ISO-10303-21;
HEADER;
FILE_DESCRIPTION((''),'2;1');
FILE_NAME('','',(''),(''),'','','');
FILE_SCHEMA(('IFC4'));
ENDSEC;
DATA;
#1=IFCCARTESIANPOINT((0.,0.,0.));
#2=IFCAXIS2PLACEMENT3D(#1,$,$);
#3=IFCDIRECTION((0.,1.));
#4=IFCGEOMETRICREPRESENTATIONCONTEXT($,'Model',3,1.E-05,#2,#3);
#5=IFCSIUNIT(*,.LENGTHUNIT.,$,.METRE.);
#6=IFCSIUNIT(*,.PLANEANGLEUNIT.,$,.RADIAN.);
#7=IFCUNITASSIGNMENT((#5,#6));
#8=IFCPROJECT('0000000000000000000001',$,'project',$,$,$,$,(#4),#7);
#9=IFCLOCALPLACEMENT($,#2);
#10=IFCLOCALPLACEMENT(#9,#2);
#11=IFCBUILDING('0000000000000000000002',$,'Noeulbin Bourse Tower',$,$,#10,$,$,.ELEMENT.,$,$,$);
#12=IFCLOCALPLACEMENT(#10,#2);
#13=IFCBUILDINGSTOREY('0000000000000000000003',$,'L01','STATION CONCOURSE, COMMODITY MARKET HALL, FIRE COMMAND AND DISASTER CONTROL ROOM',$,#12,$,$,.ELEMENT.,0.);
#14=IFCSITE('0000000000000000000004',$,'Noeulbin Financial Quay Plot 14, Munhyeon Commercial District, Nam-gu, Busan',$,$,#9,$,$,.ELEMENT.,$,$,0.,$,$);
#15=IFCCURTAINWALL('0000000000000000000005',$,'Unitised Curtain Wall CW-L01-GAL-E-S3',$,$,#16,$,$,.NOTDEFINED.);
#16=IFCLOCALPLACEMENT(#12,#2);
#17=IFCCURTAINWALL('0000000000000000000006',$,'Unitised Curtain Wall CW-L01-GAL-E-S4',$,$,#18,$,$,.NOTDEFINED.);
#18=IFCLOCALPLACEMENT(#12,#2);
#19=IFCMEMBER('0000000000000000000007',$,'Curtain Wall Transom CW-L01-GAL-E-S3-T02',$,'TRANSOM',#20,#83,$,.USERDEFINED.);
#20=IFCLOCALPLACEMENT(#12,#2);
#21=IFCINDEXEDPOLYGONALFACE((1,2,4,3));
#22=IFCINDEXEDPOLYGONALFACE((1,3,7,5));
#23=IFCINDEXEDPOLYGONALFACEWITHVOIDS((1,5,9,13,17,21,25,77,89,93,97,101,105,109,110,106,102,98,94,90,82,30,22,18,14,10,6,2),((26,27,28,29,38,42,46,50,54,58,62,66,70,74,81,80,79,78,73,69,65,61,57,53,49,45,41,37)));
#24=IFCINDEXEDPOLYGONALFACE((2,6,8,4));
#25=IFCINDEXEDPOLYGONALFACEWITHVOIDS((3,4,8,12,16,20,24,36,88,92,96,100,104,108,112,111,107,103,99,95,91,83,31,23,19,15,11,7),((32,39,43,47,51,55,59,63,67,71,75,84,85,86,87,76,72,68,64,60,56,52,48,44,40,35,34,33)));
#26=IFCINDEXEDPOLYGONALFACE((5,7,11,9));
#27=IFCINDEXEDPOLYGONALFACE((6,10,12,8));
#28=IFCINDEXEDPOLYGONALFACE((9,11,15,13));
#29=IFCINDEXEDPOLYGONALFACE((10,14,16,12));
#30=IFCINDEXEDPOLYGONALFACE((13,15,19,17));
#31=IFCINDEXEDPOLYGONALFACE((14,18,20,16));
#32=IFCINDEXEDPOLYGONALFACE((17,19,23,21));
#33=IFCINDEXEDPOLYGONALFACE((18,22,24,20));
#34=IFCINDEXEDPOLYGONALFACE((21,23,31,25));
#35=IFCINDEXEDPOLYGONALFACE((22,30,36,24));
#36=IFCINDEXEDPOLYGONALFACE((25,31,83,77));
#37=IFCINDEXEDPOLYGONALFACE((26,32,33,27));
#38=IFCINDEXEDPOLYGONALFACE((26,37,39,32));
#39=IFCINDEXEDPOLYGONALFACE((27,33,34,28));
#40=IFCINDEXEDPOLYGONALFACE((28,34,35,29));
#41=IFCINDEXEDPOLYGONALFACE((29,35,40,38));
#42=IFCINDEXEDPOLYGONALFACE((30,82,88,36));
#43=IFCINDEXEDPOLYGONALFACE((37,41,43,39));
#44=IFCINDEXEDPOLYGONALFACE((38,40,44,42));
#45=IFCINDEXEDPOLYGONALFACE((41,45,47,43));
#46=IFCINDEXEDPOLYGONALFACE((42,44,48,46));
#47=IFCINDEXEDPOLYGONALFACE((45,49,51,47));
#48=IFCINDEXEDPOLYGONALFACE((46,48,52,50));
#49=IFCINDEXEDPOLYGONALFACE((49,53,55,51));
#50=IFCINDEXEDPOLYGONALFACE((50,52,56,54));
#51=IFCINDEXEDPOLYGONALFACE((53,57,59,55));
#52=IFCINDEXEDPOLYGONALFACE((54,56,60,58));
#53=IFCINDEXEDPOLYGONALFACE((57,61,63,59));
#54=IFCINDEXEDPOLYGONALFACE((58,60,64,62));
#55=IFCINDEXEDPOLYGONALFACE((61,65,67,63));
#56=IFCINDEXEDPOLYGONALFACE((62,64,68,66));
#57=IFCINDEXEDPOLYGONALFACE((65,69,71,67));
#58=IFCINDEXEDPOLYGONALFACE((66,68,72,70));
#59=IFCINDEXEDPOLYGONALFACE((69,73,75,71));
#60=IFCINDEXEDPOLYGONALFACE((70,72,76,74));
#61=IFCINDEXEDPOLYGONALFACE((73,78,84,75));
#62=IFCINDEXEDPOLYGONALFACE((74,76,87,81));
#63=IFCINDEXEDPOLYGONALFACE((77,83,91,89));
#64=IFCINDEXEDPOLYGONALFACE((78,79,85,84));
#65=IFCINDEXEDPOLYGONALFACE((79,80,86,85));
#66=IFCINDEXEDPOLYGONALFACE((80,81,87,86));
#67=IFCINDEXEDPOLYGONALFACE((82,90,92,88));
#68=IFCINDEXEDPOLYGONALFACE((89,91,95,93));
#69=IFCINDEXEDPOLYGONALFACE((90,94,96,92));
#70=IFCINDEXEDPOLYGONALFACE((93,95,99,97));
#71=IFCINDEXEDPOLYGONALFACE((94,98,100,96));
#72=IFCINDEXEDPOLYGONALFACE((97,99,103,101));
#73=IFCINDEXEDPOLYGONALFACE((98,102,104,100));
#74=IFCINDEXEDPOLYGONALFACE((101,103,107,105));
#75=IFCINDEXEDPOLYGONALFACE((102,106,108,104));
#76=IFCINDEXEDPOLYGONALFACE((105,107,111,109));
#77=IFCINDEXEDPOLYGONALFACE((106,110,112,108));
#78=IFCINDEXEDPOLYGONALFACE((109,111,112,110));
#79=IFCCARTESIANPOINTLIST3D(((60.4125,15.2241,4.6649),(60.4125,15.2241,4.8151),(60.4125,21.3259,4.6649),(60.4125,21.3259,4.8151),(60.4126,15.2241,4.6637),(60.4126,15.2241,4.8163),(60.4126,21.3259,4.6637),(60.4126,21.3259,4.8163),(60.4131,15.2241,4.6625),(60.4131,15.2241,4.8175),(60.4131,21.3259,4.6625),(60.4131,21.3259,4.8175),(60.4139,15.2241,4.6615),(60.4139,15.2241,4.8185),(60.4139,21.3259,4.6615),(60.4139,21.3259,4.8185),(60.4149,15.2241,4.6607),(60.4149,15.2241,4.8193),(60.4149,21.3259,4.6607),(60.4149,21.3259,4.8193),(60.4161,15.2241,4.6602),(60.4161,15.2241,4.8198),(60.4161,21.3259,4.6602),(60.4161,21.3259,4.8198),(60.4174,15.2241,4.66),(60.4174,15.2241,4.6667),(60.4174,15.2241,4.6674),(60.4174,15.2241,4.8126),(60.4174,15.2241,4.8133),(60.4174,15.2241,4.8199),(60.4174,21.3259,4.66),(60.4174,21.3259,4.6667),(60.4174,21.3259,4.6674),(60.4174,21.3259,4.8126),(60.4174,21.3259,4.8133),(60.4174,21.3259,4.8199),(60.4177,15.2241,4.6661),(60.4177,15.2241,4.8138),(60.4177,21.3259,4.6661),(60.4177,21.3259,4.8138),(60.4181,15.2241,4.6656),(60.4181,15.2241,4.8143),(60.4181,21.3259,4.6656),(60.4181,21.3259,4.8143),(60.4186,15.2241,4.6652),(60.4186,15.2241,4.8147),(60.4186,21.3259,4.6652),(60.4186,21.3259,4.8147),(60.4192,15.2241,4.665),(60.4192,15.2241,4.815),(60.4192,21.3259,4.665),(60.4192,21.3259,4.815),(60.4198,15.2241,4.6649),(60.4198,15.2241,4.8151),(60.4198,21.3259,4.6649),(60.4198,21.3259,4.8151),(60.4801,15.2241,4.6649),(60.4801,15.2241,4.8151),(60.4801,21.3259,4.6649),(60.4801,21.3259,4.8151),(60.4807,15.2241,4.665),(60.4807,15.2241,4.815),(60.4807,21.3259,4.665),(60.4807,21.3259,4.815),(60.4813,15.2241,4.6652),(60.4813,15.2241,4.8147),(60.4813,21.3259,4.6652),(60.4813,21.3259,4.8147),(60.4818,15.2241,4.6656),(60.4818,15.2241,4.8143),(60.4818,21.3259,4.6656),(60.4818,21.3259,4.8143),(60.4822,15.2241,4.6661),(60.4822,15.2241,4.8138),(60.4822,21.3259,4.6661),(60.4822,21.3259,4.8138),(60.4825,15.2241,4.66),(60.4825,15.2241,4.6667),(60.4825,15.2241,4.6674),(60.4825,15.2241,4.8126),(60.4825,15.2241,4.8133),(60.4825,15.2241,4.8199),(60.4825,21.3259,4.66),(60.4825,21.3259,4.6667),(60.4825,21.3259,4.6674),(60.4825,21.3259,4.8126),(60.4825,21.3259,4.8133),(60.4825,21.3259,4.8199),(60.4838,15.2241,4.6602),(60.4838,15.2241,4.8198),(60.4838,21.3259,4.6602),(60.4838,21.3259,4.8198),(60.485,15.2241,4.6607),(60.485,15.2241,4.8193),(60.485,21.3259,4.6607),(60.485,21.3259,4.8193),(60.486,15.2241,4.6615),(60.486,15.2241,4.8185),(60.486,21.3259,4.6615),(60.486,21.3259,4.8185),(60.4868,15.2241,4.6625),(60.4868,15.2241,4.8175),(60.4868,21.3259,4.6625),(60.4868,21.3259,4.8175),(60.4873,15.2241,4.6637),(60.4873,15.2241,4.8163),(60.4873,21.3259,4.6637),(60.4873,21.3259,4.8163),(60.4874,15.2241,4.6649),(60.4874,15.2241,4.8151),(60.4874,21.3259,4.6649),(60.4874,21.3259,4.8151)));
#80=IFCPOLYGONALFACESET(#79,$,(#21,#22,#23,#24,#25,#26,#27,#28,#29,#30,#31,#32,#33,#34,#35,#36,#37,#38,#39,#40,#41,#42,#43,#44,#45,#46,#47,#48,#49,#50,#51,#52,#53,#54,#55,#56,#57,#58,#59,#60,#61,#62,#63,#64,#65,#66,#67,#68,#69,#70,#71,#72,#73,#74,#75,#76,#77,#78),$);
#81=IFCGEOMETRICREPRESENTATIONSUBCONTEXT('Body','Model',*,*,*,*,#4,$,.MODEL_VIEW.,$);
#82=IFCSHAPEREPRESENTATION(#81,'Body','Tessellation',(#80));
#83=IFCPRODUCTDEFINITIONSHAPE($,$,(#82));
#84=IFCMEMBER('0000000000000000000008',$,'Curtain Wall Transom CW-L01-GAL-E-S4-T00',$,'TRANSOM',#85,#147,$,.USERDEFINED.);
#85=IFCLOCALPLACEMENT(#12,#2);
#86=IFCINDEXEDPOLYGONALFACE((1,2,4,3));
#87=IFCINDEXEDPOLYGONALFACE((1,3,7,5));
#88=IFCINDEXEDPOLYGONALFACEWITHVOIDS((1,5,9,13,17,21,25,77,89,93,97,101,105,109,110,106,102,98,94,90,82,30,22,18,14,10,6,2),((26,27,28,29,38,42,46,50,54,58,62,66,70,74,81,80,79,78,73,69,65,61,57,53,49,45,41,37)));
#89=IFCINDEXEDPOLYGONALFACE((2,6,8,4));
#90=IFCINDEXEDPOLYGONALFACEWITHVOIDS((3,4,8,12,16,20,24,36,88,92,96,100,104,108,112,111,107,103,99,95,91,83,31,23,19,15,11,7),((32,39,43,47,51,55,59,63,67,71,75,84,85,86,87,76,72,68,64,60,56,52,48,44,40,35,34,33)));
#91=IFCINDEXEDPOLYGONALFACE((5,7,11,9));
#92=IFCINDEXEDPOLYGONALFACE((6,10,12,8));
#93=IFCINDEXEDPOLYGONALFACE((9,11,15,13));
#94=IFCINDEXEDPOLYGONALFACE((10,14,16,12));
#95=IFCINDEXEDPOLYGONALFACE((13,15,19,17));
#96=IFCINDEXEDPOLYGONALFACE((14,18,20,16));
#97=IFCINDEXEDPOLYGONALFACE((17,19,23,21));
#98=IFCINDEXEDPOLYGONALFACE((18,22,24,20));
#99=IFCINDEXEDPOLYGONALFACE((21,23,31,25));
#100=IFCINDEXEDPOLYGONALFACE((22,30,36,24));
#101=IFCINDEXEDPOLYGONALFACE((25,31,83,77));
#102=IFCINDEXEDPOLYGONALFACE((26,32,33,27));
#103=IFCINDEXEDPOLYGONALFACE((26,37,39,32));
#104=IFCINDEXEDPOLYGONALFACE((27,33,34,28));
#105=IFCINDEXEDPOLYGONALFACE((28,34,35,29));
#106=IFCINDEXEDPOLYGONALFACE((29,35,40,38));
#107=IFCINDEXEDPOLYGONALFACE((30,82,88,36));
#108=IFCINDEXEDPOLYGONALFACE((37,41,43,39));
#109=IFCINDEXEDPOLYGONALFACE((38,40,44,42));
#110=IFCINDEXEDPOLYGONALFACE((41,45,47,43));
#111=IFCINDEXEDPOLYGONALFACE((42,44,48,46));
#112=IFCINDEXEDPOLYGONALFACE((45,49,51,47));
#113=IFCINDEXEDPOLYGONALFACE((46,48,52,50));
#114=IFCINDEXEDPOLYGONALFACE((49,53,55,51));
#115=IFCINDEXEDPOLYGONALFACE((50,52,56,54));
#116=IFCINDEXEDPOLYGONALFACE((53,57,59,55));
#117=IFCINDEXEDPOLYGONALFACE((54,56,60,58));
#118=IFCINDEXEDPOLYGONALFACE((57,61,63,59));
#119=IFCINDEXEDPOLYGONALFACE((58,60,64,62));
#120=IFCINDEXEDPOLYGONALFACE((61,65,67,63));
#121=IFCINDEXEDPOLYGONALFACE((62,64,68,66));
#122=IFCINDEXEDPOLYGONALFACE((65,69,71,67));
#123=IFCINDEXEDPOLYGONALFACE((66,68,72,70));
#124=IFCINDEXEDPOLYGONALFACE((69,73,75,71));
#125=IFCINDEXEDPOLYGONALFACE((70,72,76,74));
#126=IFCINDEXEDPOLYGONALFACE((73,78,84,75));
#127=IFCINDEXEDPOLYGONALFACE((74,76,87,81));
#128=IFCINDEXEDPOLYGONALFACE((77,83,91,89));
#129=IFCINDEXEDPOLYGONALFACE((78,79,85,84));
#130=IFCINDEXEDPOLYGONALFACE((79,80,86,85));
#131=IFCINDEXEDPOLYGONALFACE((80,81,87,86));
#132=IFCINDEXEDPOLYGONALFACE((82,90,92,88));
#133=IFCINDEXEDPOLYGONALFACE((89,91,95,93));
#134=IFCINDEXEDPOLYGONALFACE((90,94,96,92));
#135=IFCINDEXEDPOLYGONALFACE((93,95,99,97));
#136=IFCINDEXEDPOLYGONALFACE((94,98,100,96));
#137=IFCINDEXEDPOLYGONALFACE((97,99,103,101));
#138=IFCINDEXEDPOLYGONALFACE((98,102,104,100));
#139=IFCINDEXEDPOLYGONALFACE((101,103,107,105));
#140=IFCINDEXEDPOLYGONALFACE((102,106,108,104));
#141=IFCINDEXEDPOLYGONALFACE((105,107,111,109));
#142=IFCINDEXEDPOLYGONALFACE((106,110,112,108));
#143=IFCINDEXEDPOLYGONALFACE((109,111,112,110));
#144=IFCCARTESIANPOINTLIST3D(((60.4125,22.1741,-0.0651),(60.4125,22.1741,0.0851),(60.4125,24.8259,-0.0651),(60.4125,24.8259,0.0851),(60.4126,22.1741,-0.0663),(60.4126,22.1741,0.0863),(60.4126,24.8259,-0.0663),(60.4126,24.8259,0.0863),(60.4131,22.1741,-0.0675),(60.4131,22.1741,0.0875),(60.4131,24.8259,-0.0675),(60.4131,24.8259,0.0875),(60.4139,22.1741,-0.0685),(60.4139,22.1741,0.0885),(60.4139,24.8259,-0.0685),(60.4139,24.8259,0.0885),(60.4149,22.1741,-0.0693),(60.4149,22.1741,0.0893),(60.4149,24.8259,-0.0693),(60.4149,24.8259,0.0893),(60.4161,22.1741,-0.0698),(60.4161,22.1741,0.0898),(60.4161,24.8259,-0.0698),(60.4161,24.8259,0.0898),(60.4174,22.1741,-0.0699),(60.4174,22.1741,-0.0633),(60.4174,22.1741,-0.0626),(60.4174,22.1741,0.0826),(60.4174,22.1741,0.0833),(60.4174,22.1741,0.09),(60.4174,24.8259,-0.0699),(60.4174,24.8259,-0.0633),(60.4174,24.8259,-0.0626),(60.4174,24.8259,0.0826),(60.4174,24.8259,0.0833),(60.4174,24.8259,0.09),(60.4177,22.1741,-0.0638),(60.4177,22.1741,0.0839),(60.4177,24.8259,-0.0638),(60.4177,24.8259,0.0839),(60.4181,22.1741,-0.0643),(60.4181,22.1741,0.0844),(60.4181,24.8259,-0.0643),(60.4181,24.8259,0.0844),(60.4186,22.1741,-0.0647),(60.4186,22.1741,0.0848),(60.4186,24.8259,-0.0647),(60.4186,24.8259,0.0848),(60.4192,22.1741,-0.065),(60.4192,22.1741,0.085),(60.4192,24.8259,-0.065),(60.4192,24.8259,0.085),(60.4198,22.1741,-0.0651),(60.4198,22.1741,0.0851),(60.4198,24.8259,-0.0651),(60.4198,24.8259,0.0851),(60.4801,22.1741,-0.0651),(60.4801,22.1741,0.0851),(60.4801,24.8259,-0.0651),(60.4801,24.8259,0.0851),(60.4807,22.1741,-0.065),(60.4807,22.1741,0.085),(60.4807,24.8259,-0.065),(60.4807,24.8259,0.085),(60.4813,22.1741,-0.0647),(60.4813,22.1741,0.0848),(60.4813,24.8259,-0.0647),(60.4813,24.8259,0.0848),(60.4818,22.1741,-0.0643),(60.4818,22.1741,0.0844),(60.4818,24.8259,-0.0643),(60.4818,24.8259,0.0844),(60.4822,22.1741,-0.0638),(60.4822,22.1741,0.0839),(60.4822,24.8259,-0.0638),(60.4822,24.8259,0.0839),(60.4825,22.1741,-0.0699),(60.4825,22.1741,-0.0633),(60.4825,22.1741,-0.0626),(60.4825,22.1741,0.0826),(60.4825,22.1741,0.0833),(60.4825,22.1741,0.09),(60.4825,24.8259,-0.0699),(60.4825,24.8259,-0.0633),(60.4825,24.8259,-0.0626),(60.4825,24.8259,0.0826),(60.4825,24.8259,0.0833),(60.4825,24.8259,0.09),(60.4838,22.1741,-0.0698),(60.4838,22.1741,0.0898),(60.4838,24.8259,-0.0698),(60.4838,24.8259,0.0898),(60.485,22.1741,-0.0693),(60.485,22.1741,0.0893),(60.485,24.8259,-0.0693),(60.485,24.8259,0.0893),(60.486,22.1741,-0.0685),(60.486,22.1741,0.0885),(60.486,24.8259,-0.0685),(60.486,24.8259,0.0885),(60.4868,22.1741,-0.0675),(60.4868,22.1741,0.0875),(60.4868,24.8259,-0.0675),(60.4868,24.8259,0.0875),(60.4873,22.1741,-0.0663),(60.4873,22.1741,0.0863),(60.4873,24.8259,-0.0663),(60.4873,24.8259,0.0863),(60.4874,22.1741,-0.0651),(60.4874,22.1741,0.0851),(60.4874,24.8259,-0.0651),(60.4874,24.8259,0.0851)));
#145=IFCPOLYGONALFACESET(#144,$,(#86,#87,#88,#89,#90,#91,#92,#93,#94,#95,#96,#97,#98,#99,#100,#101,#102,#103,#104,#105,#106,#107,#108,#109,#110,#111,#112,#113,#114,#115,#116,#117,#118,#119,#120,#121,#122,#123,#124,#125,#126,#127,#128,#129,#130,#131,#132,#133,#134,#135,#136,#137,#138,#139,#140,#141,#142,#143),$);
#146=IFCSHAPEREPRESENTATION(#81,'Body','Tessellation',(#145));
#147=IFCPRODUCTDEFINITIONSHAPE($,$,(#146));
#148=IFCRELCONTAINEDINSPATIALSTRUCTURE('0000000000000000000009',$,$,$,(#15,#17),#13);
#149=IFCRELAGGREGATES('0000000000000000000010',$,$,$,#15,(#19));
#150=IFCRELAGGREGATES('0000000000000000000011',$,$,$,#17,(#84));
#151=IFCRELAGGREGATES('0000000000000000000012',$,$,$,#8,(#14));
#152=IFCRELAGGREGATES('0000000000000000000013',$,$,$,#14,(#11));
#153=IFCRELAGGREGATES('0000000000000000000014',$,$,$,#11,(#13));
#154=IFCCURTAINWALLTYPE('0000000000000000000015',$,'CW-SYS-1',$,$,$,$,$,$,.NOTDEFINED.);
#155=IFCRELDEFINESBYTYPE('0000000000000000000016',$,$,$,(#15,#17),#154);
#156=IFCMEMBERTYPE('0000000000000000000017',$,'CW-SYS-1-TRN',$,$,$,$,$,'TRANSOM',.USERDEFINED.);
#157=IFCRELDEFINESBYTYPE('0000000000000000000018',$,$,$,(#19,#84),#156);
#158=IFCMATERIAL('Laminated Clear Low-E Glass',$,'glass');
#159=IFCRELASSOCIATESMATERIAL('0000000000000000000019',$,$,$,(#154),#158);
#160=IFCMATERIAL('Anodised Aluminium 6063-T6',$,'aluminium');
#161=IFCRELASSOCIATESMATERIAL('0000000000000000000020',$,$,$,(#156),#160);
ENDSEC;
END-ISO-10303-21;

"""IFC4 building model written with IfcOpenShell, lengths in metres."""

from ifc_helpers import new_model, si_unit, direction, frame, origin, origin_2d, place, context, subcontext, project, spatial, hollow_rectangle, extrude, material, material_profile, profile_set, type_object, element, aggregate, save


model = new_model("IFC4")

# Units and contexts
model_context = context("Model", 3, precision=1e-05, world=origin(), true_north=direction((0.0, 1.0)))
body_context = subcontext(model_context, "Body", "Model", "MODEL_VIEW")
ifc_project = project(units=[si_unit("LENGTHUNIT", "METRE"), si_unit("PLANEANGLEUNIT", "RADIAN")], contexts=[model_context])

# Site, building, storey
site_placement = place(None, origin())
site = spatial("IfcSite", under=ifc_project, at=site_placement, Name="Noeulbin Financial Quay Plot 14, Munhyeon Commercial District, Nam-gu, Busan", CompositionType="ELEMENT", RefElevation=0.0)
building_placement = place(site_placement, origin())
building = spatial("IfcBuilding", under=site, at=building_placement, Name="Noeulbin Bourse Tower", CompositionType="ELEMENT")
storey_placement = place(building_placement, origin())
storey = spatial("IfcBuildingStorey", under=building, at=storey_placement, Name="L01", Description="STATION CONCOURSE, COMMODITY MARKET HALL, FIRE COMMAND AND DISASTER CONTROL ROOM", CompositionType="ELEMENT", Elevation=0.0)

# Shared definitions
ifc_material_1 = material(Name="Laminated Clear Low-E Glass", Category="glass")
curtain_wall_type = type_object("IfcCurtainWallType", Name="CW-SYS-1", PredefinedType="NOTDEFINED", material=ifc_material_1)
ifc_material_2 = material(Name="Anodised Aluminium 6063-T6", Category="aluminium")

# Curtain walls
curtain_wall_1_placement = place(storey_placement, origin())
curtain_wall_1 = element("IfcCurtainWall", 1, at=curtain_wall_1_placement, inside=storey, type_object=curtain_wall_type, Name="Unitised Curtain Wall CW-L01-GAL-E-S3", PredefinedType="NOTDEFINED")
curtain_wall_2_placement = place(storey_placement, origin())
curtain_wall_2 = element("IfcCurtainWall", 2, at=curtain_wall_2_placement, inside=storey, type_object=curtain_wall_type, Name="Unitised Curtain Wall CW-L01-GAL-E-S4", PredefinedType="NOTDEFINED")

# Members
ifc_material_profile_1 = material_profile(ifc_material_2, hollow_rectangle(XDim=0.075, YDim=0.1599, WallThickness=0.0049, InnerFilletRadius=0.0024, OuterFilletRadius=0.0049, at=origin_2d()), Name="ALU-TRAN-75x160x5", Category="LoadBearing")
ifc_profile_set_1 = profile_set([ifc_material_profile_1], Name="Anodised Aluminium 6063-T6")
member_type_1 = type_object("IfcMemberType", Name="CW-SYS-1-TRN", ElementType="TRANSOM", PredefinedType="USERDEFINED", material=ifc_profile_set_1)
member_1_placement = place(storey_placement, frame((60.45, 15.2241, 4.74), z_axis=(0.0, 1.0, 0.0), x_axis=(-1.0, 0.0, 0.0)))
member_1 = element("IfcMember", 3, at=member_1_placement, type_object=member_type_1, Name="Curtain Wall Transom CW-L01-GAL-E-S3-T02", ObjectType="TRANSOM", PredefinedType="USERDEFINED", context=body_context, shape_type="SweptSolid", body=[
    extrude(hollow_rectangle(XDim=0.075, YDim=0.1599, WallThickness=0.0049, InnerFilletRadius=0.0024, OuterFilletRadius=0.0049, at=origin_2d()), origin(), (0.0, 0.0, 1.0), 6.1018),
])
member_2_placement = place(storey_placement, frame((60.45, 22.1741, 0.01), z_axis=(0.0, 1.0, 0.0), x_axis=(-1.0, 0.0, 0.0)))
member_2 = element("IfcMember", 4, at=member_2_placement, type_object=member_type_1, Name="Curtain Wall Transom CW-L01-GAL-E-S4-T00", ObjectType="TRANSOM", PredefinedType="USERDEFINED", context=body_context, shape_type="SweptSolid", body=[
    extrude(hollow_rectangle(XDim=0.075, YDim=0.1599, WallThickness=0.0049, InnerFilletRadius=0.0024, OuterFilletRadius=0.0049, at=origin_2d()), origin(), (0.0, 0.0, 1.0), 2.6519),
])

aggregate(curtain_wall_1, [member_1])
aggregate(curtain_wall_2, [member_2])

save(model, "model.ifc")
